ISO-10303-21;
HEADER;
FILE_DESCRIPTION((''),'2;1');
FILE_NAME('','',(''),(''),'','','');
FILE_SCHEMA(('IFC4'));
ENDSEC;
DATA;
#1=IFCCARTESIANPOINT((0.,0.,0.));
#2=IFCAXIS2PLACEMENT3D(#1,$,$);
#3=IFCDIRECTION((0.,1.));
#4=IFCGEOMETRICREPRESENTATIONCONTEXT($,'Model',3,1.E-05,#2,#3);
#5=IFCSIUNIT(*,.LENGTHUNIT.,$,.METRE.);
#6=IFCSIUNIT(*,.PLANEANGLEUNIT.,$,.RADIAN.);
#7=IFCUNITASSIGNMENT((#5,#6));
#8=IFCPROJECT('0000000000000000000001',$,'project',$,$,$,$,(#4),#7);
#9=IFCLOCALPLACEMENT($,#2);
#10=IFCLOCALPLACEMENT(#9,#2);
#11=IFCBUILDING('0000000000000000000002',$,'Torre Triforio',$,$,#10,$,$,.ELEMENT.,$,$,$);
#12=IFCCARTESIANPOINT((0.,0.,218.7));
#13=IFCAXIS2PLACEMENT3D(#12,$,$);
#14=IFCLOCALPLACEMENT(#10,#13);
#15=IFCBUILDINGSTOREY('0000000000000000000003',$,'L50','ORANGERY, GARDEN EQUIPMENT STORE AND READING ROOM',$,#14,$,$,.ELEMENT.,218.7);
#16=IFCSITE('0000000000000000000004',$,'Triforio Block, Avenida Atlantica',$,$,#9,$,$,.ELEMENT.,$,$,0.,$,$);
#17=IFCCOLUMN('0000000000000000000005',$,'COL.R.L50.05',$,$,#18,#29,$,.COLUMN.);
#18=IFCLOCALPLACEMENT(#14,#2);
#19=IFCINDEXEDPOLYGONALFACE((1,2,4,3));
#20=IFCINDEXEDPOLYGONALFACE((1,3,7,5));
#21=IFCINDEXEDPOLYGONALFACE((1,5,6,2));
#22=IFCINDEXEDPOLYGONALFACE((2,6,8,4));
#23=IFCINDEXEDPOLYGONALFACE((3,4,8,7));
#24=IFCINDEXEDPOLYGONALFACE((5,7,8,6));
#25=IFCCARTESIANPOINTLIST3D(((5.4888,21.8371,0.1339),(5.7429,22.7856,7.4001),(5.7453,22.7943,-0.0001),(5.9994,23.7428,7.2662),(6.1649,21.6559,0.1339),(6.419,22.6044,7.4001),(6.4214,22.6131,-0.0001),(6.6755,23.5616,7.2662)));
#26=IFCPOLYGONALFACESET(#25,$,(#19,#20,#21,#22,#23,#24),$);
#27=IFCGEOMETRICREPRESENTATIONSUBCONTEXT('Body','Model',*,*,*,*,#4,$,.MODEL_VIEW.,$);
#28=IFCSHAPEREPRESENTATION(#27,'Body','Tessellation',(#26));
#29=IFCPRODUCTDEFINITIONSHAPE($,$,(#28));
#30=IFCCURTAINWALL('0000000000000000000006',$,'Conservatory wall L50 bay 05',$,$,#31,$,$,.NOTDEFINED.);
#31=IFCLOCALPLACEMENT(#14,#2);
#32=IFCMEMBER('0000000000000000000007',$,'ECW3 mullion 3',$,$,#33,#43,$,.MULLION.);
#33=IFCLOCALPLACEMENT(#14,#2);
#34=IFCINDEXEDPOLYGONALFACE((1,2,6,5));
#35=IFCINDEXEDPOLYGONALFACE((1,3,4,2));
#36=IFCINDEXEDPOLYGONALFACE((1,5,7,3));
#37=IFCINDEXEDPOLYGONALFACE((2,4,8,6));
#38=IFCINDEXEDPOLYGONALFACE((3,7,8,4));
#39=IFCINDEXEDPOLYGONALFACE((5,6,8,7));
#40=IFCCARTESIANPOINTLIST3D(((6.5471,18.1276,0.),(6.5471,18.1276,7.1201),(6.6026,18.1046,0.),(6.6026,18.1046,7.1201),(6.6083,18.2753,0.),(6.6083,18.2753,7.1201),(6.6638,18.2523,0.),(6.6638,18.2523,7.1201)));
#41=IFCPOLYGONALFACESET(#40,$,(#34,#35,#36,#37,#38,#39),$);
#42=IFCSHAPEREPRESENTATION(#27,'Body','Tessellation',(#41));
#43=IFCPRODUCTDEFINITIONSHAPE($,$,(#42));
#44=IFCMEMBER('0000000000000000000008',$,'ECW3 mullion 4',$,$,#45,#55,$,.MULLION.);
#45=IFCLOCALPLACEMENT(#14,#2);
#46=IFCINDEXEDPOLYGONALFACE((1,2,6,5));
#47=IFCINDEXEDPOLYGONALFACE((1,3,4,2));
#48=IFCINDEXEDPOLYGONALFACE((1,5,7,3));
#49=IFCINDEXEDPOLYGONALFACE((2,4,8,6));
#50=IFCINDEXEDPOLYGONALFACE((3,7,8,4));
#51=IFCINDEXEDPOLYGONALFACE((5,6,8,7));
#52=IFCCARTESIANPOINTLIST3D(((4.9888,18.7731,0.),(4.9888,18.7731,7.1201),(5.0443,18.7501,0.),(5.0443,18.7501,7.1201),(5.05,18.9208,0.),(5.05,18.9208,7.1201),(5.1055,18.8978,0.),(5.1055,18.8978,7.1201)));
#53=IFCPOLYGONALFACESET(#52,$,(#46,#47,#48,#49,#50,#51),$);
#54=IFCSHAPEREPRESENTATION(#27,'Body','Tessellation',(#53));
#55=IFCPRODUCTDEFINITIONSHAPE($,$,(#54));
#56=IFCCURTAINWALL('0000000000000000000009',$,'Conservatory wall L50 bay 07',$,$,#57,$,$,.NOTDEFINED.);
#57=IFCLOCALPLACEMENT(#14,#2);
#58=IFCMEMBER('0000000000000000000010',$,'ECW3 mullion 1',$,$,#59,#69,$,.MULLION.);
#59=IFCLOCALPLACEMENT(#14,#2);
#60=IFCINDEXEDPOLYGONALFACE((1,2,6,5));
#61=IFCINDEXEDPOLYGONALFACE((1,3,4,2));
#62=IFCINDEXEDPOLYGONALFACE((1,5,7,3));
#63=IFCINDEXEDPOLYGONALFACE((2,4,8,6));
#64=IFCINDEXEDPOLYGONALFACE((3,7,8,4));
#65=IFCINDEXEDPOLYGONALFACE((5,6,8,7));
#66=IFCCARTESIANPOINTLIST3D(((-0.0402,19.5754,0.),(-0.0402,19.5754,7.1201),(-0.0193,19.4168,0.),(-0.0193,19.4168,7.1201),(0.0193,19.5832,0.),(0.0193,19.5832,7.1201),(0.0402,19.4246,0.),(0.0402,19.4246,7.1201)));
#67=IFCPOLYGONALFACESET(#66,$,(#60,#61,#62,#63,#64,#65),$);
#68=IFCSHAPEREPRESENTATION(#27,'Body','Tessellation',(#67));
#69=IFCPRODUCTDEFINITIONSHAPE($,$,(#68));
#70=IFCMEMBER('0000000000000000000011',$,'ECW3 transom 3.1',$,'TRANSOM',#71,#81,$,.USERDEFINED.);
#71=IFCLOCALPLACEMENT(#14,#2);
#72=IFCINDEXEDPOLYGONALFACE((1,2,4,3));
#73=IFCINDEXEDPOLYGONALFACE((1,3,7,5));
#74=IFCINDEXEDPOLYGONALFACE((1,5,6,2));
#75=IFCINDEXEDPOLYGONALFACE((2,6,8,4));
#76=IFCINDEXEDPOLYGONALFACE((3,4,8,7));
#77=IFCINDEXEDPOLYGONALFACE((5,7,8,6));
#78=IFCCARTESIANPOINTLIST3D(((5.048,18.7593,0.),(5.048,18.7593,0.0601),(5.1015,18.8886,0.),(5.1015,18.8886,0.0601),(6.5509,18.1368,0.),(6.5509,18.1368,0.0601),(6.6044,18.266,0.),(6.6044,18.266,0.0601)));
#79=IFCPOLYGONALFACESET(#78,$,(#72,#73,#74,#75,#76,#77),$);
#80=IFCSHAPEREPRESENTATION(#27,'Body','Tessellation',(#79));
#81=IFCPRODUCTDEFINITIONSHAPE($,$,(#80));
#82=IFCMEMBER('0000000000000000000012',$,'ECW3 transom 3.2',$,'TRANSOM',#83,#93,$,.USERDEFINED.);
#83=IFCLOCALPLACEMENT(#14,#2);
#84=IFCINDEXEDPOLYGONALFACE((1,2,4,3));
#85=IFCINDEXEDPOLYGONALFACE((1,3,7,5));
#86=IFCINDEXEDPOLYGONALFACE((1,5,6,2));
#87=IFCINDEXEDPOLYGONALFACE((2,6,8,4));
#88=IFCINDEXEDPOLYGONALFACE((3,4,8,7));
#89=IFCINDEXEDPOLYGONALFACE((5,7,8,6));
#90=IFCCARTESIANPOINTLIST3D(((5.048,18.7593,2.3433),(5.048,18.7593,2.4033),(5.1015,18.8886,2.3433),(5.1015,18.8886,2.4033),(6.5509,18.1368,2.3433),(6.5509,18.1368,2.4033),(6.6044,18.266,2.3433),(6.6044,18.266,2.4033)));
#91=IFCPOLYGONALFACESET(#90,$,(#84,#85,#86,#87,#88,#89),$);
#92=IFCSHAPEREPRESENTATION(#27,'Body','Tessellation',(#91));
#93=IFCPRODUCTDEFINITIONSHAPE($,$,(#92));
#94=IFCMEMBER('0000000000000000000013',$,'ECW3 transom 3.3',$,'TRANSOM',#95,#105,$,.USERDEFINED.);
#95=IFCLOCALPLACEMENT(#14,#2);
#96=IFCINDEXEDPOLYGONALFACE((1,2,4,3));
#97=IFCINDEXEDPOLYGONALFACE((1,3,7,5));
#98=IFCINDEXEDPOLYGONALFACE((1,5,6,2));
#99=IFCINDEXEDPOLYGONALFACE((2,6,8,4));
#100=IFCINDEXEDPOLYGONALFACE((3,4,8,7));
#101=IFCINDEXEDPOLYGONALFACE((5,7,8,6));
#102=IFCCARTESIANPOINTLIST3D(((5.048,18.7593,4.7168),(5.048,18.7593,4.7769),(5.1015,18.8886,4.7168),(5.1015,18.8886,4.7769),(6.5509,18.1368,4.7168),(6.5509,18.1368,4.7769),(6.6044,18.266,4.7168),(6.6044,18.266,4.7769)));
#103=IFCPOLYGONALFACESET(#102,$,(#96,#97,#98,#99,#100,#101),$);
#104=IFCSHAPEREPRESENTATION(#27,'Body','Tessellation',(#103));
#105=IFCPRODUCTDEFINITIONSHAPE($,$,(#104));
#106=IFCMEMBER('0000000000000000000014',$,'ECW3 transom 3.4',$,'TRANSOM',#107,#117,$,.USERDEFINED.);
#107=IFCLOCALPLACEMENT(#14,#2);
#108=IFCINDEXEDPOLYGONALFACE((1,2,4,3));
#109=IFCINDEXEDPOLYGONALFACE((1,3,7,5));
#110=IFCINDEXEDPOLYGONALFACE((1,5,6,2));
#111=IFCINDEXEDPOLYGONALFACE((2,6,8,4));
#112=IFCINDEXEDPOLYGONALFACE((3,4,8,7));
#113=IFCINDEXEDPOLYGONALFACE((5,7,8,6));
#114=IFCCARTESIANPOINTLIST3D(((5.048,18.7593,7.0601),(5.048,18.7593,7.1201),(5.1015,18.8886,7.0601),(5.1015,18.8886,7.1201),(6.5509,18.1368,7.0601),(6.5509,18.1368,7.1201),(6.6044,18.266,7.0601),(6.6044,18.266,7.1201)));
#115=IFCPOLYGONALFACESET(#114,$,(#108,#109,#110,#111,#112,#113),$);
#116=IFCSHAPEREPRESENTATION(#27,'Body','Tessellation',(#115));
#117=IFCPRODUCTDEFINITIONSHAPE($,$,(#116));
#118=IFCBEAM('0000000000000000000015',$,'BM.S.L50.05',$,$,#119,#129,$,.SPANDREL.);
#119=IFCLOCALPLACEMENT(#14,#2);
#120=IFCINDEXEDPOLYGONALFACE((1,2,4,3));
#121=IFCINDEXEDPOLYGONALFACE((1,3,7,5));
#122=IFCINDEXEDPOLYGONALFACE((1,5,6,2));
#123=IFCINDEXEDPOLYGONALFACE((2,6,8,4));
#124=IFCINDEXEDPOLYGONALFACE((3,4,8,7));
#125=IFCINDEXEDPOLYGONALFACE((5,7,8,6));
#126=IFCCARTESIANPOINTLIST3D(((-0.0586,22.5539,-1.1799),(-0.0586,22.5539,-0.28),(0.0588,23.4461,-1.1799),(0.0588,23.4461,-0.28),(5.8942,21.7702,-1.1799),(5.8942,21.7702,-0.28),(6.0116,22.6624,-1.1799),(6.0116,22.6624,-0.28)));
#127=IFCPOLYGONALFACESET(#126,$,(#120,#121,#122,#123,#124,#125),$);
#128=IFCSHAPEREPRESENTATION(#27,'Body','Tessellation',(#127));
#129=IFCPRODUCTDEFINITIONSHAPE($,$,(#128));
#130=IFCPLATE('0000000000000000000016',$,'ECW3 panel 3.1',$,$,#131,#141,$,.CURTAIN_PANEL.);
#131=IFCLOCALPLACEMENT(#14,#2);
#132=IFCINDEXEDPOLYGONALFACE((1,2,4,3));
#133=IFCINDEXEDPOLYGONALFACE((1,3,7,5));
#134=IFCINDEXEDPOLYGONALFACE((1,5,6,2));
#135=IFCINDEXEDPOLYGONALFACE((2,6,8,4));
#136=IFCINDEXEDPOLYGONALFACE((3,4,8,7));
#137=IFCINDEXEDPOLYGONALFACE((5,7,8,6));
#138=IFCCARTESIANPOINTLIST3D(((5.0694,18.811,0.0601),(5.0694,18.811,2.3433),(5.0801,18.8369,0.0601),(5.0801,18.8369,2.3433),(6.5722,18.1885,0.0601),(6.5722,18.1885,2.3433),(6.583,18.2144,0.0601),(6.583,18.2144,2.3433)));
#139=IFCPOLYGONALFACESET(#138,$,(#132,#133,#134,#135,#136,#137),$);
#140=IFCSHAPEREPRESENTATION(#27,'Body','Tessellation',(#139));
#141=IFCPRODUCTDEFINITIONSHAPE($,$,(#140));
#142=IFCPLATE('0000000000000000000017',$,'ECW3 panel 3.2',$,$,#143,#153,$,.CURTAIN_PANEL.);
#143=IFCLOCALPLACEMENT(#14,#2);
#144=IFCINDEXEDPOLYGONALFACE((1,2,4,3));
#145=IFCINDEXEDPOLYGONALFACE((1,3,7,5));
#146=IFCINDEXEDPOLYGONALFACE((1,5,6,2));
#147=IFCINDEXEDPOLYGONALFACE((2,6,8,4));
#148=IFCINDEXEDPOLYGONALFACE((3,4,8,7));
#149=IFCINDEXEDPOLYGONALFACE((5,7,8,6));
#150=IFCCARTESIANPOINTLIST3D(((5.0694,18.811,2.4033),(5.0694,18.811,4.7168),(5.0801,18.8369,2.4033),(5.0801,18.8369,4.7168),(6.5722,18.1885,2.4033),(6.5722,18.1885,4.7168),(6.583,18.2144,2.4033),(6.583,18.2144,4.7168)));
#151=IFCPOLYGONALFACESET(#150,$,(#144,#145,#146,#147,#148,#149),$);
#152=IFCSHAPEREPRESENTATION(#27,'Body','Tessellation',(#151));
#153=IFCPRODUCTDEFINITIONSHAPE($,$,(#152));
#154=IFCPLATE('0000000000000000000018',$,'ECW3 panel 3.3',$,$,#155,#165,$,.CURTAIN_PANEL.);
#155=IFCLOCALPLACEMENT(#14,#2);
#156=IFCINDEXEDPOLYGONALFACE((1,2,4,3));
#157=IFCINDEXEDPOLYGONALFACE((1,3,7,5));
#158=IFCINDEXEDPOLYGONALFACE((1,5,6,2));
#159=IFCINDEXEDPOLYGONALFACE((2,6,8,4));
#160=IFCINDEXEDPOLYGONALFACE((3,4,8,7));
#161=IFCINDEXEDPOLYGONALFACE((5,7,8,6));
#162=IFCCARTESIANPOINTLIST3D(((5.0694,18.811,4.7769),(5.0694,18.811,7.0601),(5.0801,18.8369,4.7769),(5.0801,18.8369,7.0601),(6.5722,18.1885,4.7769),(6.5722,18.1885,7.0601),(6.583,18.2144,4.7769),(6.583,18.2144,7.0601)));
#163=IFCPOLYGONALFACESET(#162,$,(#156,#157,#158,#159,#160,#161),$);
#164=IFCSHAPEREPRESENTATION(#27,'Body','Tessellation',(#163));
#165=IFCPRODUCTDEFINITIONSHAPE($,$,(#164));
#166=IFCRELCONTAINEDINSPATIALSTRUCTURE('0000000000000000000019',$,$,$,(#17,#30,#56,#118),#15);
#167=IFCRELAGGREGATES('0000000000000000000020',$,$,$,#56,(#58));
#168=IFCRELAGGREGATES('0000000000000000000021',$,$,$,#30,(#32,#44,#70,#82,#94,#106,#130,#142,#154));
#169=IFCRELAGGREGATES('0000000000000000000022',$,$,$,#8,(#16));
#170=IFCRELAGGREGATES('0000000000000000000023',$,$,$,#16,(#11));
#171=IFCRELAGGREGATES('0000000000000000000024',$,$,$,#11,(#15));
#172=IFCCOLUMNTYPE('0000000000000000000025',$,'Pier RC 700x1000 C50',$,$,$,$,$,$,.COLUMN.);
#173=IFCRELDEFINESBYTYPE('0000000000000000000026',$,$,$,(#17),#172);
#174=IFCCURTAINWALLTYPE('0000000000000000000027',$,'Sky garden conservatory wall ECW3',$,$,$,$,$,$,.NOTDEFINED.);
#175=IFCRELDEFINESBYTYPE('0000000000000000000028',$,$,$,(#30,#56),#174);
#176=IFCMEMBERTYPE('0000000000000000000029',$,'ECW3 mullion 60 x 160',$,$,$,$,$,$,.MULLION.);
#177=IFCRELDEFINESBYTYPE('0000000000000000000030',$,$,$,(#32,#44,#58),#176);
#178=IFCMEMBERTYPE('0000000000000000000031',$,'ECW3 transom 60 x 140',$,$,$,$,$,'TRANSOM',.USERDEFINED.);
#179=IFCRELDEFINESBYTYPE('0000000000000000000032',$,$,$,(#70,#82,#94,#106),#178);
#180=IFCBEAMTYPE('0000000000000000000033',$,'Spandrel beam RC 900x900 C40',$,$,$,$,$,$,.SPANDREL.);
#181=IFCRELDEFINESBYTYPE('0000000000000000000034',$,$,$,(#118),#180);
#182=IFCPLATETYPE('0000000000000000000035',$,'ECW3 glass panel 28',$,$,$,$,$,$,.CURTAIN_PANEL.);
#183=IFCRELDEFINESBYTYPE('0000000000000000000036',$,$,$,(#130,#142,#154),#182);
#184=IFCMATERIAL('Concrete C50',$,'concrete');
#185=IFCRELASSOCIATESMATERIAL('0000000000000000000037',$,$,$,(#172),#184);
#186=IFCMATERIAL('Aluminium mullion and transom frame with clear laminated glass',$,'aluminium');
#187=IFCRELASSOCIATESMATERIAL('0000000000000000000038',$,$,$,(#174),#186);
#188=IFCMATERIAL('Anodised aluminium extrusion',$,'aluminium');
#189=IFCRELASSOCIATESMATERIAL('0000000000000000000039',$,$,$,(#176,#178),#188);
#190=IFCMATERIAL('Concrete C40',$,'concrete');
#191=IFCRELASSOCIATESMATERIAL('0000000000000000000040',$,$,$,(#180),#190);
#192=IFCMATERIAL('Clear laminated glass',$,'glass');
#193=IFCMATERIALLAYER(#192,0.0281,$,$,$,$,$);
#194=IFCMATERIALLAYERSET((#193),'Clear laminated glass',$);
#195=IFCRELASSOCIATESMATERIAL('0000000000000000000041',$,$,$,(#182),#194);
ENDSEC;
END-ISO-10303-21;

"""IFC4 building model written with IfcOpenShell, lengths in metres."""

from ifc_helpers import new_model, si_unit, direction, frame, origin, origin_2d, place, context, subcontext, project, spatial, rectangle, extrude, material, layer, layer_set, material_profile, profile_set, type_object, element, aggregate, save


model = new_model("IFC4")

# Units and contexts
model_context = context("Model", 3, precision=1e-05, world=origin(), true_north=direction((0.0, 1.0)))
body_context = subcontext(model_context, "Body", "Model", "MODEL_VIEW")
ifc_project = project(units=[si_unit("LENGTHUNIT", "METRE"), si_unit("PLANEANGLEUNIT", "RADIAN")], contexts=[model_context])

# Site, building, storey
site_placement = place(None, origin())
site = spatial("IfcSite", under=ifc_project, at=site_placement, Name="Triforio Block, Avenida Atlantica", CompositionType="ELEMENT", RefElevation=0.0)
building_placement = place(site_placement, origin())
building = spatial("IfcBuilding", under=site, at=building_placement, Name="Torre Triforio", CompositionType="ELEMENT")
storey_placement = place(building_placement, frame((0.0, 0.0, 218.7)))
storey = spatial("IfcBuildingStorey", under=building, at=storey_placement, Name="L50", Description="ORANGERY, GARDEN EQUIPMENT STORE AND READING ROOM", CompositionType="ELEMENT", Elevation=218.7)

# Column
ifc_material_1 = material(Name="Concrete C50", Category="concrete")
ifc_material_profile_1 = material_profile(ifc_material_1, rectangle(XDim=0.7, YDim=1.0, at=origin_2d()), Name="RC 700x1000")
ifc_profile_set_1 = profile_set([ifc_material_profile_1], Name="Concrete C50")
column_type = type_object("IfcColumnType", Name="Pier RC 700x1000 C50", PredefinedType="COLUMN", material=ifc_profile_set_1)
column_placement = place(storey_placement, frame((5.9551, 22.2251, 0.0669), z_axis=(0.034662, 0.12936, 0.990992), x_axis=(-0.965925, 0.258823, 0.0)))
element("IfcColumn", 1, at=column_placement, inside=storey, type_object=column_type, Name="COL.R.L50.05", PredefinedType="COLUMN", context=body_context, shape_type="SweptSolid", body=[
    extrude(rectangle(XDim=0.7, YDim=1.0, at=origin_2d()), origin(), (0.0, 0.0, 1.0), 7.3323),
])

# Curtain wall, members
ifc_material_2 = material(Name="Aluminium mullion and transom frame with clear laminated glass", Category="aluminium")
curtain_wall_type = type_object("IfcCurtainWallType", Name="Sky garden conservatory wall ECW3", PredefinedType="NOTDEFINED", material=ifc_material_2)
curtain_wall_1_placement = place(storey_placement, origin())
curtain_wall_1 = element("IfcCurtainWall", 2, at=curtain_wall_1_placement, inside=storey, type_object=curtain_wall_type, Name="Conservatory wall L50 bay 05", PredefinedType="NOTDEFINED")
ifc_material_3 = material(Name="Anodised aluminium extrusion", Category="aluminium")
ifc_material_profile_2 = material_profile(ifc_material_3, rectangle(XDim=0.1599, YDim=0.0601, at=origin_2d()), Name="ECW3 MULLION 60x160")
ifc_profile_set_2 = profile_set([ifc_material_profile_2], Name="Anodised aluminium extrusion")
member_type_1 = type_object("IfcMemberType", Name="ECW3 mullion 60 x 160", PredefinedType="MULLION", material=ifc_profile_set_2)
member_1_placement = place(storey_placement, frame((6.6055, 18.1899, 0.0), z_axis=(0.0, 0.0, 1.0), x_axis=(-0.382684, -0.923879, 0.0)))
member_1 = element("IfcMember", 3, at=member_1_placement, type_object=member_type_1, Name="ECW3 mullion 3", PredefinedType="MULLION", context=body_context, shape_type="SweptSolid", body=[
    extrude(rectangle(XDim=0.1599, YDim=0.0601, at=origin_2d()), origin(), (0.0, 0.0, 1.0), 7.1201),
])
member_2_placement = place(storey_placement, frame((5.0471, 18.8354, 0.0), z_axis=(0.0, 0.0, 1.0), x_axis=(-0.382684, -0.923879, 0.0)))
member_2 = element("IfcMember", 4, at=member_2_placement, type_object=member_type_1, Name="ECW3 mullion 4", PredefinedType="MULLION", context=body_context, shape_type="SweptSolid", body=[
    extrude(rectangle(XDim=0.1599, YDim=0.0601, at=origin_2d()), origin(), (0.0, 0.0, 1.0), 7.1201),
])

# Curtain wall, member
curtain_wall_2_placement = place(storey_placement, origin())
curtain_wall_2 = element("IfcCurtainWall", 5, at=curtain_wall_2_placement, inside=storey, type_object=curtain_wall_type, Name="Conservatory wall L50 bay 07", PredefinedType="NOTDEFINED")
member_3_placement = place(storey_placement, frame((0.0, 19.5, 0.0), z_axis=(0.0, 0.0, 1.0), x_axis=(0.130532, -0.991444, 0.0)))
member_3 = element("IfcMember", 6, at=member_3_placement, type_object=member_type_1, Name="ECW3 mullion 1", PredefinedType="MULLION", context=body_context, shape_type="SweptSolid", body=[
    extrude(rectangle(XDim=0.1599, YDim=0.0601, at=origin_2d()), origin(), (0.0, 0.0, 1.0), 7.1201),
])
aggregate(curtain_wall_2, [member_3])

# Members
ifc_material_profile_3 = material_profile(ifc_material_3, rectangle(XDim=0.1399, YDim=0.0601, at=origin_2d()), Name="ECW3 TRANSOM 60x140")
ifc_profile_set_3 = profile_set([ifc_material_profile_3], Name="Anodised aluminium extrusion")
member_type_2 = type_object("IfcMemberType", Name="ECW3 transom 60 x 140", ElementType="TRANSOM", PredefinedType="USERDEFINED", material=ifc_profile_set_3)
member_4_placement = place(storey_placement, frame((6.5776, 18.2014, 0.03), z_axis=(-0.923874, 0.382696, 0.0), x_axis=(-0.382696, -0.923874, 0.0)))
member_4 = element("IfcMember", 7, at=member_4_placement, type_object=member_type_2, Name="ECW3 transom 3.1", ObjectType="TRANSOM", PredefinedType="USERDEFINED", context=body_context, shape_type="SweptSolid", body=[
    extrude(rectangle(XDim=0.1399, YDim=0.0601, at=origin_2d()), origin(), (0.0, 0.0, 1.0), 1.6267),
])
member_5_placement = place(storey_placement, frame((6.5776, 18.2014, 2.3733), z_axis=(-0.923874, 0.382696, 0.0), x_axis=(-0.382696, -0.923874, 0.0)))
member_5 = element("IfcMember", 8, at=member_5_placement, type_object=member_type_2, Name="ECW3 transom 3.2", ObjectType="TRANSOM", PredefinedType="USERDEFINED", context=body_context, shape_type="SweptSolid", body=[
    extrude(rectangle(XDim=0.1399, YDim=0.0601, at=origin_2d()), origin(), (0.0, 0.0, 1.0), 1.6267),
])
member_6_placement = place(storey_placement, frame((6.5776, 18.2014, 4.7468), z_axis=(-0.923874, 0.382696, 0.0), x_axis=(-0.382696, -0.923874, 0.0)))
member_6 = element("IfcMember", 9, at=member_6_placement, type_object=member_type_2, Name="ECW3 transom 3.3", ObjectType="TRANSOM", PredefinedType="USERDEFINED", context=body_context, shape_type="SweptSolid", body=[
    extrude(rectangle(XDim=0.1399, YDim=0.0601, at=origin_2d()), origin(), (0.0, 0.0, 1.0), 1.6267),
])
member_7_placement = place(storey_placement, frame((6.5776, 18.2014, 7.0901), z_axis=(-0.923874, 0.382696, 0.0), x_axis=(-0.382696, -0.923874, 0.0)))
member_7 = element("IfcMember", 10, at=member_7_placement, type_object=member_type_2, Name="ECW3 transom 3.4", ObjectType="TRANSOM", PredefinedType="USERDEFINED", context=body_context, shape_type="SweptSolid", body=[
    extrude(rectangle(XDim=0.1399, YDim=0.0601, at=origin_2d()), origin(), (0.0, 0.0, 1.0), 1.6267),
])

# Beam
ifc_material_4 = material(Name="Concrete C40", Category="concrete")
ifc_material_profile_4 = material_profile(ifc_material_4, rectangle(XDim=0.8999, YDim=0.8999, at=origin_2d()), Name="RC 900x900")
ifc_profile_set_4 = profile_set([ifc_material_profile_4], Name="Concrete C40")
beam_type = type_object("IfcBeamType", Name="Spandrel beam RC 900x900 C40", PredefinedType="SPANDREL", material=ifc_profile_set_4)
beam_placement = place(storey_placement, frame((5.9529, 22.2163, -0.73), z_axis=(-0.991445, 0.130523, 0.0), x_axis=(-0.130523, -0.991445, 0.0)))
element("IfcBeam", 11, at=beam_placement, inside=storey, type_object=beam_type, Name="BM.S.L50.05", PredefinedType="SPANDREL", context=body_context, shape_type="SweptSolid", body=[
    extrude(rectangle(XDim=0.8999, YDim=0.8999, at=origin_2d()), origin(), (0.0, 0.0, 1.0), 6.0042),
])

# Plates
ifc_material_5 = material(Name="Clear laminated glass", Category="glass")
ifc_layer_1 = layer(ifc_material_5, 0.0281)
ifc_layer_set_1 = layer_set([ifc_layer_1], Name="Clear laminated glass")
plate_type = type_object("IfcPlateType", Name="ECW3 glass panel 28", PredefinedType="CURTAIN_PANEL", material=ifc_layer_set_1)
plate_1_placement = place(storey_placement, frame((5.8262, 18.5127, 0.0601), z_axis=(0.0, 0.0, 1.0), x_axis=(-0.923879, 0.382684, 0.0)))
plate_1 = element("IfcPlate", 12, at=plate_1_placement, type_object=plate_type, Name="ECW3 panel 3.1", PredefinedType="CURTAIN_PANEL", context=body_context, shape_type="SweptSolid", body=[
    extrude(rectangle(XDim=1.6267, YDim=0.0281, at=origin_2d()), origin(), (0.0, 0.0, 1.0), 2.2832),
])
plate_2_placement = place(storey_placement, frame((5.8262, 18.5127, 2.4033), z_axis=(0.0, 0.0, 1.0), x_axis=(-0.923879, 0.382684, 0.0)))
plate_2 = element("IfcPlate", 13, at=plate_2_placement, type_object=plate_type, Name="ECW3 panel 3.2", PredefinedType="CURTAIN_PANEL", context=body_context, shape_type="SweptSolid", body=[
    extrude(rectangle(XDim=1.6267, YDim=0.0281, at=origin_2d()), origin(), (0.0, 0.0, 1.0), 2.3135),
])
plate_3_placement = place(storey_placement, frame((5.8262, 18.5127, 4.7769), z_axis=(0.0, 0.0, 1.0), x_axis=(-0.923879, 0.382684, 0.0)))
plate_3 = element("IfcPlate", 14, at=plate_3_placement, type_object=plate_type, Name="ECW3 panel 3.3", PredefinedType="CURTAIN_PANEL", context=body_context, shape_type="SweptSolid", body=[
    extrude(rectangle(XDim=1.6267, YDim=0.0281, at=origin_2d()), origin(), (0.0, 0.0, 1.0), 2.2832),
])
aggregate(curtain_wall_1, [member_1, member_2, member_4, member_5, member_6, member_7, plate_1, plate_2, plate_3])

save(model, "model.ifc")
